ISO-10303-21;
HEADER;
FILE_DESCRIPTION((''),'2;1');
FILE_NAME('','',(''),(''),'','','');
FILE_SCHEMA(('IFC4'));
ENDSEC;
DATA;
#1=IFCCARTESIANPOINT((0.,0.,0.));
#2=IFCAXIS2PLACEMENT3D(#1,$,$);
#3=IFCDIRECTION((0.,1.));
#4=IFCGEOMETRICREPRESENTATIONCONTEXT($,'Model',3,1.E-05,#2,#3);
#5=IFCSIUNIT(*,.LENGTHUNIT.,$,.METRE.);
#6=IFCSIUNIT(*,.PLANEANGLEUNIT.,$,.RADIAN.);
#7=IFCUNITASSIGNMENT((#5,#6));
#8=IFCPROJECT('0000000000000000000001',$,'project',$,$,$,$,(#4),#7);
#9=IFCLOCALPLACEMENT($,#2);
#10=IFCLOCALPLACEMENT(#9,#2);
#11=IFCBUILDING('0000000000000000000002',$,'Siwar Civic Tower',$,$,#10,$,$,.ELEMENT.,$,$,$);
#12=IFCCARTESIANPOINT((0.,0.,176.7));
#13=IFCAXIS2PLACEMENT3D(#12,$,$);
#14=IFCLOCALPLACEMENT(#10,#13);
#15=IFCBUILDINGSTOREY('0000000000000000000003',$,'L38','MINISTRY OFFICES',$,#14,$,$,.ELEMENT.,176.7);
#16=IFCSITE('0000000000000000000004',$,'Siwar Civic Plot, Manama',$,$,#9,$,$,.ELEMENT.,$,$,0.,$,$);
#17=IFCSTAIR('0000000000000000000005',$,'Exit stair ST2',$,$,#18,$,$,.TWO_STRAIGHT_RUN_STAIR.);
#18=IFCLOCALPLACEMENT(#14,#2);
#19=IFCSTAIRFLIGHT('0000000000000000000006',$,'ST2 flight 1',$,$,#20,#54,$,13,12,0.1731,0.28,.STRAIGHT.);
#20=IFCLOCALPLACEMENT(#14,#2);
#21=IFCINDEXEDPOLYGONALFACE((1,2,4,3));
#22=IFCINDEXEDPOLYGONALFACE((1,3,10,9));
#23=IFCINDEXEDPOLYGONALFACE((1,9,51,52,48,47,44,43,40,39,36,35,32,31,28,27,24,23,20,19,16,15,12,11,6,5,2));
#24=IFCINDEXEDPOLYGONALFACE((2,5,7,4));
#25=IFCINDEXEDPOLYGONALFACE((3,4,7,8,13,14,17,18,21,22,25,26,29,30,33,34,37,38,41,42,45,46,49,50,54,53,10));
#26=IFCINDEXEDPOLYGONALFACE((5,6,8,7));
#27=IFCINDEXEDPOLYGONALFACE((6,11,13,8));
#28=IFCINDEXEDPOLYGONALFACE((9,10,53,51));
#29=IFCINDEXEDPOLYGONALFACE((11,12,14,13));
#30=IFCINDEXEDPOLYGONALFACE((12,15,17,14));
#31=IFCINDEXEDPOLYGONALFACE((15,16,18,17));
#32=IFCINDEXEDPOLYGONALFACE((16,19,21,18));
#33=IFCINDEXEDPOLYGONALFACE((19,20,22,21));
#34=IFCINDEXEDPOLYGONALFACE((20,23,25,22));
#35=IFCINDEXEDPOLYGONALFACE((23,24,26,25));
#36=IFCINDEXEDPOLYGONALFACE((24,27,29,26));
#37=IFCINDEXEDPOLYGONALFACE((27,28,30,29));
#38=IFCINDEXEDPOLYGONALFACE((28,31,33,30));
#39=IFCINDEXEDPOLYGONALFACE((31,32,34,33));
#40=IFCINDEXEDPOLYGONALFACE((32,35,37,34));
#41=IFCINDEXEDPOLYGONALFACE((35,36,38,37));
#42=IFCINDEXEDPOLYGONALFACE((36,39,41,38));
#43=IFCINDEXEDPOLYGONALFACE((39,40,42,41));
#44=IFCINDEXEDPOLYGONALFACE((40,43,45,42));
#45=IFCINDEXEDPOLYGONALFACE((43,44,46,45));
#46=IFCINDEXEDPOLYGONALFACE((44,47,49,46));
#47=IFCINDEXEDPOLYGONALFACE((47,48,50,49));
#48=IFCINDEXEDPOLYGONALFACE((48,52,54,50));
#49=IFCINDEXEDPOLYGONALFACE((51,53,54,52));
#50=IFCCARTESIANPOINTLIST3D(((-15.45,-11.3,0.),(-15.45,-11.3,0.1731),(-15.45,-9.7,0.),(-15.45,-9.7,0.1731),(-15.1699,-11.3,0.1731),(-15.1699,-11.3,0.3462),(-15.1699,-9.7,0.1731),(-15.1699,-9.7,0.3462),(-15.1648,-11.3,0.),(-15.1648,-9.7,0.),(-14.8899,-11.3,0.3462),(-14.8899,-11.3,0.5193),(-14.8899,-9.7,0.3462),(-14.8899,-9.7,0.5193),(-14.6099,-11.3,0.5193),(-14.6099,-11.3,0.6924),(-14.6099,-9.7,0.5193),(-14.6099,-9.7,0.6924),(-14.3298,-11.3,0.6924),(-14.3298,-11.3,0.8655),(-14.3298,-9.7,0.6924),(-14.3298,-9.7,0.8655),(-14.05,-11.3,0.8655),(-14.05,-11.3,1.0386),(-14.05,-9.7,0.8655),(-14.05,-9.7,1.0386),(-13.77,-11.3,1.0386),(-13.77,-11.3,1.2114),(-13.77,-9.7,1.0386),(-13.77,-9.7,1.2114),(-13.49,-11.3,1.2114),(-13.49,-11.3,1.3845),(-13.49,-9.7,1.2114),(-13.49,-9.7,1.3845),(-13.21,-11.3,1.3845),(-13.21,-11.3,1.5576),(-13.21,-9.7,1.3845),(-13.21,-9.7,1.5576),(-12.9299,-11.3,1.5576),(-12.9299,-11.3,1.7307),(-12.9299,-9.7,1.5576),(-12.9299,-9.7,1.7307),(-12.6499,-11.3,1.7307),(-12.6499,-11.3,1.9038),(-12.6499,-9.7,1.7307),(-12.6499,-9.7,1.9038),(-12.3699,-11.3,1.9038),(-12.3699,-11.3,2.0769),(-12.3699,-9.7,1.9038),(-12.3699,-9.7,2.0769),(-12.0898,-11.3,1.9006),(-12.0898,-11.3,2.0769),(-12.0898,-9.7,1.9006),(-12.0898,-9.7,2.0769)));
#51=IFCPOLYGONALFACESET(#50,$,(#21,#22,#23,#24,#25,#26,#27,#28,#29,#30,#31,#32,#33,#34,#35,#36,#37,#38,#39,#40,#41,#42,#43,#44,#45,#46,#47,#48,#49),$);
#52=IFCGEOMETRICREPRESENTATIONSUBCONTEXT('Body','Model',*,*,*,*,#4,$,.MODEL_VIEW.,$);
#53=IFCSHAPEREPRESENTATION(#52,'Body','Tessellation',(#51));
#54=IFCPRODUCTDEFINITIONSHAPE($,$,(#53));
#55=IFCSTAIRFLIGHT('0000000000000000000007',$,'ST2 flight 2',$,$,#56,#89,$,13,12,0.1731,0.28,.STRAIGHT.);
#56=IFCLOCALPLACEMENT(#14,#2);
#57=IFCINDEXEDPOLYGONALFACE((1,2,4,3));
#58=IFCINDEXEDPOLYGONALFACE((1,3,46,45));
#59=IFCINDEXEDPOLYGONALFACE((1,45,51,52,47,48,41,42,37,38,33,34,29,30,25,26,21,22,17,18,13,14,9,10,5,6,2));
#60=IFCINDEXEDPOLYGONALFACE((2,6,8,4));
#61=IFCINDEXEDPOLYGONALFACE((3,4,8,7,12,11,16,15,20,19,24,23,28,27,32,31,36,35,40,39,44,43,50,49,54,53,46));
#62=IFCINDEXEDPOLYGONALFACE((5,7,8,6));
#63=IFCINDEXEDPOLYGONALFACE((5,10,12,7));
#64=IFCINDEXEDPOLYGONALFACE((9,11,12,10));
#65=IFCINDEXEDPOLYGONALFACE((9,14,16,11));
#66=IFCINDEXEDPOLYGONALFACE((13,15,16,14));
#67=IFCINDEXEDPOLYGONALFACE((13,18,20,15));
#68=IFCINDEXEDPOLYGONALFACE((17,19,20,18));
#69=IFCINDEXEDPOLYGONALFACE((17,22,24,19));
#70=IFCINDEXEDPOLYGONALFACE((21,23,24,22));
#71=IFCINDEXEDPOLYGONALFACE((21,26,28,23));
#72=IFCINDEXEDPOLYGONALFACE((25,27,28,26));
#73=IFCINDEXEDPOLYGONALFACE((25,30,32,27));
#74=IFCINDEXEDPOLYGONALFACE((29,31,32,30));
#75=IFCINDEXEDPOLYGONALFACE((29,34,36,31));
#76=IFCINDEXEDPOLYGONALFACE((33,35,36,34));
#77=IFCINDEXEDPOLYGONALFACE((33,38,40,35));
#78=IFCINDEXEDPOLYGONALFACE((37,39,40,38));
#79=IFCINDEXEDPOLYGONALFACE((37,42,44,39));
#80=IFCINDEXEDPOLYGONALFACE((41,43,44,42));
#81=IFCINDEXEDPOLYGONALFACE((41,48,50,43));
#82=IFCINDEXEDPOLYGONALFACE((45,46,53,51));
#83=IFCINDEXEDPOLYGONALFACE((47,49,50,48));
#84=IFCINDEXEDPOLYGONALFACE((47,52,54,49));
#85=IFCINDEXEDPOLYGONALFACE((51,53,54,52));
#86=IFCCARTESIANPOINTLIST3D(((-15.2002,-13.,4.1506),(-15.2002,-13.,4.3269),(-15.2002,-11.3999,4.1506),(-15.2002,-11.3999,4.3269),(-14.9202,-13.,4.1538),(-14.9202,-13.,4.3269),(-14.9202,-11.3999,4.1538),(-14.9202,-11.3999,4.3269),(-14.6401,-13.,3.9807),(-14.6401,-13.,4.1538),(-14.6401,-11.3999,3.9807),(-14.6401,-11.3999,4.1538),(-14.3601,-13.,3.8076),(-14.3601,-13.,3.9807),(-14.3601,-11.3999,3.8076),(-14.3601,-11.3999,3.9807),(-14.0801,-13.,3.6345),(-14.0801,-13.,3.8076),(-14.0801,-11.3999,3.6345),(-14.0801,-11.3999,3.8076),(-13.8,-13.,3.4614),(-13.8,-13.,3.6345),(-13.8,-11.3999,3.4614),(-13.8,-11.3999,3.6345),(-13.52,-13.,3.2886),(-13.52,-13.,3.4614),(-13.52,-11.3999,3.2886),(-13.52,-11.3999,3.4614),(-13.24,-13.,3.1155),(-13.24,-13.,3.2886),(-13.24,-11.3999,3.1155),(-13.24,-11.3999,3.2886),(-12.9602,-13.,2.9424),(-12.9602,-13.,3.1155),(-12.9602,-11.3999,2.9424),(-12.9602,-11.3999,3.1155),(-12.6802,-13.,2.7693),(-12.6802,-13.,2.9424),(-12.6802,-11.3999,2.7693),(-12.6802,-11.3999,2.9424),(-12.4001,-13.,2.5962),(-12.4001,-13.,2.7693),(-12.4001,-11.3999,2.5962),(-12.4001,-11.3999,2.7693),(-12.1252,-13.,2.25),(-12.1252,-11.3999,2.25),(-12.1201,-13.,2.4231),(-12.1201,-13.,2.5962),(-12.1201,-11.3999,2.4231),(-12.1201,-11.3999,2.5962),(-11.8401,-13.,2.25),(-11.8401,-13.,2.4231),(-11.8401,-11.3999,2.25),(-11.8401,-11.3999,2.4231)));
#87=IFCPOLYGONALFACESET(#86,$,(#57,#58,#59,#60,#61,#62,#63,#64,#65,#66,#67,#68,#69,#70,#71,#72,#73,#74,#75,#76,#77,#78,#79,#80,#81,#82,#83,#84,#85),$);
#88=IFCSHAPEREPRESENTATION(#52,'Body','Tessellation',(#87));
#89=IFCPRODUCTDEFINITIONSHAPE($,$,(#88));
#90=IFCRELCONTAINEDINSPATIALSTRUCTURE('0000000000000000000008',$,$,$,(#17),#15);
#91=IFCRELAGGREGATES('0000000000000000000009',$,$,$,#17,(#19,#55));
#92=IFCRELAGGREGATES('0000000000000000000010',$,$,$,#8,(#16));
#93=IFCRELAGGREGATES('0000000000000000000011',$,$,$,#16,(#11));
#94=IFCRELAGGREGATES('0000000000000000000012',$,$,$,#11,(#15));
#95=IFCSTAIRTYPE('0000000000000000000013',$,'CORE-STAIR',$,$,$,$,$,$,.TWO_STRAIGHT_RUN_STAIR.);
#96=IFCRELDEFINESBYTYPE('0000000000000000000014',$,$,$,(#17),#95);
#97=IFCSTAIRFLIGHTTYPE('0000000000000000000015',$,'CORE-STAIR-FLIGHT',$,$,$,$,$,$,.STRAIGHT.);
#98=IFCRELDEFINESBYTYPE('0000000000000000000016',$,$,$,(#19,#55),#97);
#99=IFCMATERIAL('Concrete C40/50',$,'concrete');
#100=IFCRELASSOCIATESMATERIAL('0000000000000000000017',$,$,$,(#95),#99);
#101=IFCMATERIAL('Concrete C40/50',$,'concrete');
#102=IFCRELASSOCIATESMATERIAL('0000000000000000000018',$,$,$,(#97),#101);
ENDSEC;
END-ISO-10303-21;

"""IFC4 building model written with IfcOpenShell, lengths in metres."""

from ifc_helpers import new_model, si_unit, direction, frame, origin, place, context, subcontext, project, spatial, polyline, outline, extrude, material, type_object, element, aggregate, save


model = new_model("IFC4")

# Units and contexts
model_context = context("Model", 3, precision=1e-05, world=origin(), true_north=direction((0.0, 1.0)))
body_context = subcontext(model_context, "Body", "Model", "MODEL_VIEW")
ifc_project = project(units=[si_unit("LENGTHUNIT", "METRE"), si_unit("PLANEANGLEUNIT", "RADIAN")], contexts=[model_context])

# Site, building, storey
site_placement = place(None, origin())
site = spatial("IfcSite", under=ifc_project, at=site_placement, Name="Siwar Civic Plot, Manama", CompositionType="ELEMENT", RefElevation=0.0)
building_placement = place(site_placement, origin())
building = spatial("IfcBuilding", under=site, at=building_placement, Name="Siwar Civic Tower", CompositionType="ELEMENT")
storey_placement = place(building_placement, frame((0.0, 0.0, 176.7)))
storey = spatial("IfcBuildingStorey", under=building, at=storey_placement, Name="L38", Description="MINISTRY OFFICES", CompositionType="ELEMENT", Elevation=176.7)

# Stair, stair flights
ifc_material_1 = material(Name="Concrete C40/50", Category="concrete")
stair_type = type_object("IfcStairType", Name="CORE-STAIR", PredefinedType="TWO_STRAIGHT_RUN_STAIR", material=ifc_material_1)
stair_placement = place(storey_placement, origin())
stair = element("IfcStair", 1, at=stair_placement, inside=storey, type_object=stair_type, Name="Exit stair ST2", PredefinedType="TWO_STRAIGHT_RUN_STAIR")
ifc_material_2 = material(Name="Concrete C40/50", Category="concrete")
stair_flight_type = type_object("IfcStairFlightType", Name="CORE-STAIR-FLIGHT", PredefinedType="STRAIGHT", material=ifc_material_2)
stair_flight_1_placement = place(storey_placement, frame((-15.45, -10.5, 0.0), z_axis=(0.0, 0.0, 1.0), x_axis=(1.0, 0.0, 0.0)))
stair_flight_1 = element("IfcStairFlight", 2, at=stair_flight_1_placement, type_object=stair_flight_type, Name="ST2 flight 1", NumberOfRisers=13, NumberOfTreads=12, PredefinedType="STRAIGHT", RiserHeight=0.1731, TreadLength=0.28, context=body_context, shape_type="SweptSolid", body=[
    extrude(outline(polyline([(0.0, 0.0), (0.0, 0.1731), (0.28, 0.1731), (0.28, 0.3462), (0.5601, 0.3462), (0.5601, 0.5193), (0.8401, 0.5193), (0.8401, 0.6924), (1.1201, 0.6924), (1.1201, 0.8655), (1.3999, 0.8655), (1.3999, 1.0386), (1.6799, 1.0386), (1.6799, 1.2114), (1.96, 1.2114), (1.96, 1.3845), (2.24, 1.3845), (2.24, 1.5576), (2.52, 1.5576), (2.52, 1.7307), (2.8, 1.7307), (2.8, 1.9038), (3.0801, 1.9038), (3.0801, 2.0769), (3.3601, 2.0769), (3.3601, 2.25), (3.3601, 1.9006), (0.2852, 0.0), (0.0, 0.0)])), frame((0.0, 0.8, 0.0), z_axis=(0.0, -1.0, 0.0), x_axis=(1.0, 0.0, 0.0)), (0.0, 0.0, 1.0), 1.6001),
])
stair_flight_2_placement = place(storey_placement, frame((-11.8401, -12.2, 2.25), z_axis=(0.0, 0.0, 1.0), x_axis=(-1.0, 0.0, 0.0)))
stair_flight_2 = element("IfcStairFlight", 3, at=stair_flight_2_placement, type_object=stair_flight_type, Name="ST2 flight 2", NumberOfRisers=13, NumberOfTreads=12, PredefinedType="STRAIGHT", RiserHeight=0.1731, TreadLength=0.28, context=body_context, shape_type="SweptSolid", body=[
    extrude(outline(polyline([(0.0, 0.0), (0.0, 0.1731), (0.28, 0.1731), (0.28, 0.3462), (0.5601, 0.3462), (0.5601, 0.5193), (0.8401, 0.5193), (0.8401, 0.6924), (1.1201, 0.6924), (1.1201, 0.8655), (1.3999, 0.8655), (1.3999, 1.0386), (1.6799, 1.0386), (1.6799, 1.2114), (1.96, 1.2114), (1.96, 1.3845), (2.24, 1.3845), (2.24, 1.5576), (2.52, 1.5576), (2.52, 1.7307), (2.8, 1.7307), (2.8, 1.9038), (3.0801, 1.9038), (3.0801, 2.0769), (3.3601, 2.0769), (3.3601, 2.25), (3.3601, 1.9006), (0.2852, 0.0), (0.0, 0.0)])), frame((0.0, 0.8, 0.0), z_axis=(0.0, -1.0, 0.0), x_axis=(1.0, 0.0, 0.0)), (0.0, 0.0, 1.0), 1.6001),
])
aggregate(stair, [stair_flight_1, stair_flight_2])

save(model, "model.ifc")
